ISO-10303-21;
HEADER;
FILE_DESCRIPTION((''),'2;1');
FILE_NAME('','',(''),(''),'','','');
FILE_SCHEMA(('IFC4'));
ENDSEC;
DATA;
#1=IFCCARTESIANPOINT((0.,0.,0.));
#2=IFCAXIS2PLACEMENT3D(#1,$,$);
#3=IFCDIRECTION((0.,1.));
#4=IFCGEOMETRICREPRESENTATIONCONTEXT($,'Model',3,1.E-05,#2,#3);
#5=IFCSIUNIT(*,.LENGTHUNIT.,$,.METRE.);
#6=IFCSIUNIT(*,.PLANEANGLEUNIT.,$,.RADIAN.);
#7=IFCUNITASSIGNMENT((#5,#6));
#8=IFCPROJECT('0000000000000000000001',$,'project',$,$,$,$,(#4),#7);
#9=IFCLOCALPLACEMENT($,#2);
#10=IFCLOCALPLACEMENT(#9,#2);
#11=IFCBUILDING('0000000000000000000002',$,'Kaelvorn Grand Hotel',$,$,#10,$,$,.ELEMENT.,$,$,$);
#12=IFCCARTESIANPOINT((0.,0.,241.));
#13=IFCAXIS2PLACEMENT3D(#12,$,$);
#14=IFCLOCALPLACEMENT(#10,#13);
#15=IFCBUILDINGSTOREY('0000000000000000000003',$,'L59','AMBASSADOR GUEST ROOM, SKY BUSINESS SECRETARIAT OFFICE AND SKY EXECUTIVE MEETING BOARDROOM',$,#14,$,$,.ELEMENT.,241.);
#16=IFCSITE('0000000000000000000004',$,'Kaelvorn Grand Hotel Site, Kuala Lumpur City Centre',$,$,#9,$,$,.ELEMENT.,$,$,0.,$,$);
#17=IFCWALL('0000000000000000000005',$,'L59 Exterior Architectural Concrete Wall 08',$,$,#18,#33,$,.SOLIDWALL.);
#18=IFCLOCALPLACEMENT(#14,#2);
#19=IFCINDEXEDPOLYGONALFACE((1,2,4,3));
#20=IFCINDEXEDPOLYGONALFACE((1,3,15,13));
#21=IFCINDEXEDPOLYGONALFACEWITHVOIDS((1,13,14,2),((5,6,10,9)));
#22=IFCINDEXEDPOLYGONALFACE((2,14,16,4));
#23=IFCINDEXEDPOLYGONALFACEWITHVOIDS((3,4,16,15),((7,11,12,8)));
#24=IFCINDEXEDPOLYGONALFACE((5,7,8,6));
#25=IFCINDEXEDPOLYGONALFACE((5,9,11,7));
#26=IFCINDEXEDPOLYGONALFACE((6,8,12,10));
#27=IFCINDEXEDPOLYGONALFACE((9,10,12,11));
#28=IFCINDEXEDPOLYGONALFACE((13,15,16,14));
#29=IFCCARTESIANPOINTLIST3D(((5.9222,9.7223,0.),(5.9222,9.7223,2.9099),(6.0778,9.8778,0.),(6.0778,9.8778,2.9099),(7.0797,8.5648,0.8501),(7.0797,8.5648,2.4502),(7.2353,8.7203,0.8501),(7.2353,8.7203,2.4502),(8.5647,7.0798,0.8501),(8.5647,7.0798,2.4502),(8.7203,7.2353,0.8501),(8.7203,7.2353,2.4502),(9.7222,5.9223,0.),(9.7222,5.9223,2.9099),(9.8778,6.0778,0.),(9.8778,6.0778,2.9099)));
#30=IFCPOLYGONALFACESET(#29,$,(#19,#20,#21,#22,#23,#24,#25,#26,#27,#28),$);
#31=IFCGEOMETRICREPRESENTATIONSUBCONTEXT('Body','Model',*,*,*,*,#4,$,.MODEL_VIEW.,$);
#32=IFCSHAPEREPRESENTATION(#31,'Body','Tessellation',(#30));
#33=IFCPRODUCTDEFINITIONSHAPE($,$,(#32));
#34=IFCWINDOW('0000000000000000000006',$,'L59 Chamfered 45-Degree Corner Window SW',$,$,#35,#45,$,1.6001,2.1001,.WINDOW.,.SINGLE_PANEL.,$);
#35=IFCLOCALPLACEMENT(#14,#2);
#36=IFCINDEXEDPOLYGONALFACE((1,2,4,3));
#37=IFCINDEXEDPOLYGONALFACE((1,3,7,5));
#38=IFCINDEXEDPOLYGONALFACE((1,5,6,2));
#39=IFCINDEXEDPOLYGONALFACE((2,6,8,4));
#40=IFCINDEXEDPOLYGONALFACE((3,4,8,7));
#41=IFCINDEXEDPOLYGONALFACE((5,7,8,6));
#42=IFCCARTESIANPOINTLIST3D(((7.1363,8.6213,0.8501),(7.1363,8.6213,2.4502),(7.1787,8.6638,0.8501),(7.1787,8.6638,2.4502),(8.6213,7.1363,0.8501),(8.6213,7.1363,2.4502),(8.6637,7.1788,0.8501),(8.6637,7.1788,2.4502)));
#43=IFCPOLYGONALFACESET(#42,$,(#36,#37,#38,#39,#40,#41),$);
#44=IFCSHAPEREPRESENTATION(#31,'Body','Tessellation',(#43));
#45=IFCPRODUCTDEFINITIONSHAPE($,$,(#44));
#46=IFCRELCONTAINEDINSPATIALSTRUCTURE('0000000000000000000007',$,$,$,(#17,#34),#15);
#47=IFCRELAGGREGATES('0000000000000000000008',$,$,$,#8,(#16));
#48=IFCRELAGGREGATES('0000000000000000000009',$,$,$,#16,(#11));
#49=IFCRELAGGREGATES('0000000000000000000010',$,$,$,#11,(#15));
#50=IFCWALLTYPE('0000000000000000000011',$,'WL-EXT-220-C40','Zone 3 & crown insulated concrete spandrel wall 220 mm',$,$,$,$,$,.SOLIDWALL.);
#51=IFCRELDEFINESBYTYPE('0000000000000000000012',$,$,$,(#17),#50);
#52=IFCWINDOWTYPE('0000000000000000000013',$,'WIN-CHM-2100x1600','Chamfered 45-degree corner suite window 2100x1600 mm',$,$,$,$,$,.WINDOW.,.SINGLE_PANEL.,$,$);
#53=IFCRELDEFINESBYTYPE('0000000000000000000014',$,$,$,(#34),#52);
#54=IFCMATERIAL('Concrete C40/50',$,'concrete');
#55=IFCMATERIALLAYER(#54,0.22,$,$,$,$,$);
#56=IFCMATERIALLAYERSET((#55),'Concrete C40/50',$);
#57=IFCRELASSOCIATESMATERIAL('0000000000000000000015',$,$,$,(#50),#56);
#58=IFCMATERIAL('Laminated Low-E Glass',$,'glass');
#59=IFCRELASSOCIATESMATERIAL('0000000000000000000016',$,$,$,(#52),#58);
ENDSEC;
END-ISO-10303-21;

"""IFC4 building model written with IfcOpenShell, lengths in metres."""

from ifc_helpers import new_model, si_unit, direction, frame, frame_2d, origin, place, context, subcontext, project, spatial, rectangle, extrude, material, layer, layer_set, type_object, element, fill, save


model = new_model("IFC4")

# Units and contexts
model_context = context("Model", 3, precision=1e-05, world=origin(), true_north=direction((0.0, 1.0)))
body_context = subcontext(model_context, "Body", "Model", "MODEL_VIEW")
ifc_project = project(units=[si_unit("LENGTHUNIT", "METRE"), si_unit("PLANEANGLEUNIT", "RADIAN")], contexts=[model_context])

# Site, building, storey
site_placement = place(None, origin())
site = spatial("IfcSite", under=ifc_project, at=site_placement, Name="Kaelvorn Grand Hotel Site, Kuala Lumpur City Centre", CompositionType="ELEMENT", RefElevation=0.0)
building_placement = place(site_placement, origin())
building = spatial("IfcBuilding", under=site, at=building_placement, Name="Kaelvorn Grand Hotel", CompositionType="ELEMENT")
storey_placement = place(building_placement, frame((0.0, 0.0, 241.0)))
storey = spatial("IfcBuildingStorey", under=building, at=storey_placement, Name="L59", Description="AMBASSADOR GUEST ROOM, SKY BUSINESS SECRETARIAT OFFICE AND SKY EXECUTIVE MEETING BOARDROOM", CompositionType="ELEMENT", Elevation=241.0)

# Shared definitions
ifc_material_1 = material(Name="Concrete C40/50", Category="concrete")

# Shared definitions
ifc_layer = layer(ifc_material_1, 0.22)
ifc_layer_set = layer_set([ifc_layer], Name="Concrete C40/50")
wall_type = type_object("IfcWallType", Name="WL-EXT-220-C40", Description="Zone 3 & crown insulated concrete spandrel wall 220 mm", PredefinedType="SOLIDWALL", material=ifc_layer_set)
ifc_material_2 = material(Name="Laminated Low-E Glass", Category="glass")

# Wall, opening, window
wall_1_placement = place(storey_placement, frame((6.0, 9.8, 0.0), z_axis=(0.0, 0.0, 1.0), x_axis=(0.707107, -0.707107, 0.0)))
wall_1 = element("IfcWall", 1, at=wall_1_placement, inside=storey, type_object=wall_type, Name="L59 Exterior Architectural Concrete Wall 08", PredefinedType="SOLIDWALL", context=body_context, shape_type="SweptSolid", body=[
    extrude(rectangle(XDim=5.374, YDim=0.22, at=frame_2d((2.687, 0.0))), origin(), (0.0, 0.0, 1.0), 2.9099),
])
opening_1_placement = place(wall_1_placement, frame((1.637, 0.0, 0.8501)))
opening_1 = element("IfcOpeningElement", 2, at=opening_1_placement, cuts=wall_1, PredefinedType="OPENING", context=body_context, shape_type="SweptSolid", body=[
    extrude(rectangle(XDim=2.1001, YDim=1.6001, at=frame_2d((1.05, 0.8))), frame((0.0, 0.1201, 0.0), z_axis=(0.0, -1.0, 0.0), x_axis=(1.0, 0.0, 0.0)), (0.0, 0.0, 1.0), 0.24),
])
window_type_1 = type_object("IfcWindowType", Name="WIN-CHM-2100x1600", Description="Chamfered 45-degree corner suite window 2100x1600 mm", PartitioningType="SINGLE_PANEL", PredefinedType="WINDOW", material=ifc_material_2)
window_1_placement = place(opening_1_placement, origin())
window_1 = element("IfcWindow", 3, at=window_1_placement, inside=storey, type_object=window_type_1, Name="L59 Chamfered 45-Degree Corner Window SW", OverallHeight=1.6001, OverallWidth=2.1001, PartitioningType="SINGLE_PANEL", PredefinedType="WINDOW", context=body_context, shape_type="SweptSolid", body=[
    extrude(rectangle(XDim=2.1001, YDim=1.6001, at=frame_2d((1.05, 0.8))), frame((0.0, 0.03, 0.0), z_axis=(0.0, -1.0, 0.0), x_axis=(1.0, 0.0, 0.0)), (0.0, 0.0, 1.0), 0.0601),
])
fill(opening_1, window_1)

save(model, "model.ifc")
